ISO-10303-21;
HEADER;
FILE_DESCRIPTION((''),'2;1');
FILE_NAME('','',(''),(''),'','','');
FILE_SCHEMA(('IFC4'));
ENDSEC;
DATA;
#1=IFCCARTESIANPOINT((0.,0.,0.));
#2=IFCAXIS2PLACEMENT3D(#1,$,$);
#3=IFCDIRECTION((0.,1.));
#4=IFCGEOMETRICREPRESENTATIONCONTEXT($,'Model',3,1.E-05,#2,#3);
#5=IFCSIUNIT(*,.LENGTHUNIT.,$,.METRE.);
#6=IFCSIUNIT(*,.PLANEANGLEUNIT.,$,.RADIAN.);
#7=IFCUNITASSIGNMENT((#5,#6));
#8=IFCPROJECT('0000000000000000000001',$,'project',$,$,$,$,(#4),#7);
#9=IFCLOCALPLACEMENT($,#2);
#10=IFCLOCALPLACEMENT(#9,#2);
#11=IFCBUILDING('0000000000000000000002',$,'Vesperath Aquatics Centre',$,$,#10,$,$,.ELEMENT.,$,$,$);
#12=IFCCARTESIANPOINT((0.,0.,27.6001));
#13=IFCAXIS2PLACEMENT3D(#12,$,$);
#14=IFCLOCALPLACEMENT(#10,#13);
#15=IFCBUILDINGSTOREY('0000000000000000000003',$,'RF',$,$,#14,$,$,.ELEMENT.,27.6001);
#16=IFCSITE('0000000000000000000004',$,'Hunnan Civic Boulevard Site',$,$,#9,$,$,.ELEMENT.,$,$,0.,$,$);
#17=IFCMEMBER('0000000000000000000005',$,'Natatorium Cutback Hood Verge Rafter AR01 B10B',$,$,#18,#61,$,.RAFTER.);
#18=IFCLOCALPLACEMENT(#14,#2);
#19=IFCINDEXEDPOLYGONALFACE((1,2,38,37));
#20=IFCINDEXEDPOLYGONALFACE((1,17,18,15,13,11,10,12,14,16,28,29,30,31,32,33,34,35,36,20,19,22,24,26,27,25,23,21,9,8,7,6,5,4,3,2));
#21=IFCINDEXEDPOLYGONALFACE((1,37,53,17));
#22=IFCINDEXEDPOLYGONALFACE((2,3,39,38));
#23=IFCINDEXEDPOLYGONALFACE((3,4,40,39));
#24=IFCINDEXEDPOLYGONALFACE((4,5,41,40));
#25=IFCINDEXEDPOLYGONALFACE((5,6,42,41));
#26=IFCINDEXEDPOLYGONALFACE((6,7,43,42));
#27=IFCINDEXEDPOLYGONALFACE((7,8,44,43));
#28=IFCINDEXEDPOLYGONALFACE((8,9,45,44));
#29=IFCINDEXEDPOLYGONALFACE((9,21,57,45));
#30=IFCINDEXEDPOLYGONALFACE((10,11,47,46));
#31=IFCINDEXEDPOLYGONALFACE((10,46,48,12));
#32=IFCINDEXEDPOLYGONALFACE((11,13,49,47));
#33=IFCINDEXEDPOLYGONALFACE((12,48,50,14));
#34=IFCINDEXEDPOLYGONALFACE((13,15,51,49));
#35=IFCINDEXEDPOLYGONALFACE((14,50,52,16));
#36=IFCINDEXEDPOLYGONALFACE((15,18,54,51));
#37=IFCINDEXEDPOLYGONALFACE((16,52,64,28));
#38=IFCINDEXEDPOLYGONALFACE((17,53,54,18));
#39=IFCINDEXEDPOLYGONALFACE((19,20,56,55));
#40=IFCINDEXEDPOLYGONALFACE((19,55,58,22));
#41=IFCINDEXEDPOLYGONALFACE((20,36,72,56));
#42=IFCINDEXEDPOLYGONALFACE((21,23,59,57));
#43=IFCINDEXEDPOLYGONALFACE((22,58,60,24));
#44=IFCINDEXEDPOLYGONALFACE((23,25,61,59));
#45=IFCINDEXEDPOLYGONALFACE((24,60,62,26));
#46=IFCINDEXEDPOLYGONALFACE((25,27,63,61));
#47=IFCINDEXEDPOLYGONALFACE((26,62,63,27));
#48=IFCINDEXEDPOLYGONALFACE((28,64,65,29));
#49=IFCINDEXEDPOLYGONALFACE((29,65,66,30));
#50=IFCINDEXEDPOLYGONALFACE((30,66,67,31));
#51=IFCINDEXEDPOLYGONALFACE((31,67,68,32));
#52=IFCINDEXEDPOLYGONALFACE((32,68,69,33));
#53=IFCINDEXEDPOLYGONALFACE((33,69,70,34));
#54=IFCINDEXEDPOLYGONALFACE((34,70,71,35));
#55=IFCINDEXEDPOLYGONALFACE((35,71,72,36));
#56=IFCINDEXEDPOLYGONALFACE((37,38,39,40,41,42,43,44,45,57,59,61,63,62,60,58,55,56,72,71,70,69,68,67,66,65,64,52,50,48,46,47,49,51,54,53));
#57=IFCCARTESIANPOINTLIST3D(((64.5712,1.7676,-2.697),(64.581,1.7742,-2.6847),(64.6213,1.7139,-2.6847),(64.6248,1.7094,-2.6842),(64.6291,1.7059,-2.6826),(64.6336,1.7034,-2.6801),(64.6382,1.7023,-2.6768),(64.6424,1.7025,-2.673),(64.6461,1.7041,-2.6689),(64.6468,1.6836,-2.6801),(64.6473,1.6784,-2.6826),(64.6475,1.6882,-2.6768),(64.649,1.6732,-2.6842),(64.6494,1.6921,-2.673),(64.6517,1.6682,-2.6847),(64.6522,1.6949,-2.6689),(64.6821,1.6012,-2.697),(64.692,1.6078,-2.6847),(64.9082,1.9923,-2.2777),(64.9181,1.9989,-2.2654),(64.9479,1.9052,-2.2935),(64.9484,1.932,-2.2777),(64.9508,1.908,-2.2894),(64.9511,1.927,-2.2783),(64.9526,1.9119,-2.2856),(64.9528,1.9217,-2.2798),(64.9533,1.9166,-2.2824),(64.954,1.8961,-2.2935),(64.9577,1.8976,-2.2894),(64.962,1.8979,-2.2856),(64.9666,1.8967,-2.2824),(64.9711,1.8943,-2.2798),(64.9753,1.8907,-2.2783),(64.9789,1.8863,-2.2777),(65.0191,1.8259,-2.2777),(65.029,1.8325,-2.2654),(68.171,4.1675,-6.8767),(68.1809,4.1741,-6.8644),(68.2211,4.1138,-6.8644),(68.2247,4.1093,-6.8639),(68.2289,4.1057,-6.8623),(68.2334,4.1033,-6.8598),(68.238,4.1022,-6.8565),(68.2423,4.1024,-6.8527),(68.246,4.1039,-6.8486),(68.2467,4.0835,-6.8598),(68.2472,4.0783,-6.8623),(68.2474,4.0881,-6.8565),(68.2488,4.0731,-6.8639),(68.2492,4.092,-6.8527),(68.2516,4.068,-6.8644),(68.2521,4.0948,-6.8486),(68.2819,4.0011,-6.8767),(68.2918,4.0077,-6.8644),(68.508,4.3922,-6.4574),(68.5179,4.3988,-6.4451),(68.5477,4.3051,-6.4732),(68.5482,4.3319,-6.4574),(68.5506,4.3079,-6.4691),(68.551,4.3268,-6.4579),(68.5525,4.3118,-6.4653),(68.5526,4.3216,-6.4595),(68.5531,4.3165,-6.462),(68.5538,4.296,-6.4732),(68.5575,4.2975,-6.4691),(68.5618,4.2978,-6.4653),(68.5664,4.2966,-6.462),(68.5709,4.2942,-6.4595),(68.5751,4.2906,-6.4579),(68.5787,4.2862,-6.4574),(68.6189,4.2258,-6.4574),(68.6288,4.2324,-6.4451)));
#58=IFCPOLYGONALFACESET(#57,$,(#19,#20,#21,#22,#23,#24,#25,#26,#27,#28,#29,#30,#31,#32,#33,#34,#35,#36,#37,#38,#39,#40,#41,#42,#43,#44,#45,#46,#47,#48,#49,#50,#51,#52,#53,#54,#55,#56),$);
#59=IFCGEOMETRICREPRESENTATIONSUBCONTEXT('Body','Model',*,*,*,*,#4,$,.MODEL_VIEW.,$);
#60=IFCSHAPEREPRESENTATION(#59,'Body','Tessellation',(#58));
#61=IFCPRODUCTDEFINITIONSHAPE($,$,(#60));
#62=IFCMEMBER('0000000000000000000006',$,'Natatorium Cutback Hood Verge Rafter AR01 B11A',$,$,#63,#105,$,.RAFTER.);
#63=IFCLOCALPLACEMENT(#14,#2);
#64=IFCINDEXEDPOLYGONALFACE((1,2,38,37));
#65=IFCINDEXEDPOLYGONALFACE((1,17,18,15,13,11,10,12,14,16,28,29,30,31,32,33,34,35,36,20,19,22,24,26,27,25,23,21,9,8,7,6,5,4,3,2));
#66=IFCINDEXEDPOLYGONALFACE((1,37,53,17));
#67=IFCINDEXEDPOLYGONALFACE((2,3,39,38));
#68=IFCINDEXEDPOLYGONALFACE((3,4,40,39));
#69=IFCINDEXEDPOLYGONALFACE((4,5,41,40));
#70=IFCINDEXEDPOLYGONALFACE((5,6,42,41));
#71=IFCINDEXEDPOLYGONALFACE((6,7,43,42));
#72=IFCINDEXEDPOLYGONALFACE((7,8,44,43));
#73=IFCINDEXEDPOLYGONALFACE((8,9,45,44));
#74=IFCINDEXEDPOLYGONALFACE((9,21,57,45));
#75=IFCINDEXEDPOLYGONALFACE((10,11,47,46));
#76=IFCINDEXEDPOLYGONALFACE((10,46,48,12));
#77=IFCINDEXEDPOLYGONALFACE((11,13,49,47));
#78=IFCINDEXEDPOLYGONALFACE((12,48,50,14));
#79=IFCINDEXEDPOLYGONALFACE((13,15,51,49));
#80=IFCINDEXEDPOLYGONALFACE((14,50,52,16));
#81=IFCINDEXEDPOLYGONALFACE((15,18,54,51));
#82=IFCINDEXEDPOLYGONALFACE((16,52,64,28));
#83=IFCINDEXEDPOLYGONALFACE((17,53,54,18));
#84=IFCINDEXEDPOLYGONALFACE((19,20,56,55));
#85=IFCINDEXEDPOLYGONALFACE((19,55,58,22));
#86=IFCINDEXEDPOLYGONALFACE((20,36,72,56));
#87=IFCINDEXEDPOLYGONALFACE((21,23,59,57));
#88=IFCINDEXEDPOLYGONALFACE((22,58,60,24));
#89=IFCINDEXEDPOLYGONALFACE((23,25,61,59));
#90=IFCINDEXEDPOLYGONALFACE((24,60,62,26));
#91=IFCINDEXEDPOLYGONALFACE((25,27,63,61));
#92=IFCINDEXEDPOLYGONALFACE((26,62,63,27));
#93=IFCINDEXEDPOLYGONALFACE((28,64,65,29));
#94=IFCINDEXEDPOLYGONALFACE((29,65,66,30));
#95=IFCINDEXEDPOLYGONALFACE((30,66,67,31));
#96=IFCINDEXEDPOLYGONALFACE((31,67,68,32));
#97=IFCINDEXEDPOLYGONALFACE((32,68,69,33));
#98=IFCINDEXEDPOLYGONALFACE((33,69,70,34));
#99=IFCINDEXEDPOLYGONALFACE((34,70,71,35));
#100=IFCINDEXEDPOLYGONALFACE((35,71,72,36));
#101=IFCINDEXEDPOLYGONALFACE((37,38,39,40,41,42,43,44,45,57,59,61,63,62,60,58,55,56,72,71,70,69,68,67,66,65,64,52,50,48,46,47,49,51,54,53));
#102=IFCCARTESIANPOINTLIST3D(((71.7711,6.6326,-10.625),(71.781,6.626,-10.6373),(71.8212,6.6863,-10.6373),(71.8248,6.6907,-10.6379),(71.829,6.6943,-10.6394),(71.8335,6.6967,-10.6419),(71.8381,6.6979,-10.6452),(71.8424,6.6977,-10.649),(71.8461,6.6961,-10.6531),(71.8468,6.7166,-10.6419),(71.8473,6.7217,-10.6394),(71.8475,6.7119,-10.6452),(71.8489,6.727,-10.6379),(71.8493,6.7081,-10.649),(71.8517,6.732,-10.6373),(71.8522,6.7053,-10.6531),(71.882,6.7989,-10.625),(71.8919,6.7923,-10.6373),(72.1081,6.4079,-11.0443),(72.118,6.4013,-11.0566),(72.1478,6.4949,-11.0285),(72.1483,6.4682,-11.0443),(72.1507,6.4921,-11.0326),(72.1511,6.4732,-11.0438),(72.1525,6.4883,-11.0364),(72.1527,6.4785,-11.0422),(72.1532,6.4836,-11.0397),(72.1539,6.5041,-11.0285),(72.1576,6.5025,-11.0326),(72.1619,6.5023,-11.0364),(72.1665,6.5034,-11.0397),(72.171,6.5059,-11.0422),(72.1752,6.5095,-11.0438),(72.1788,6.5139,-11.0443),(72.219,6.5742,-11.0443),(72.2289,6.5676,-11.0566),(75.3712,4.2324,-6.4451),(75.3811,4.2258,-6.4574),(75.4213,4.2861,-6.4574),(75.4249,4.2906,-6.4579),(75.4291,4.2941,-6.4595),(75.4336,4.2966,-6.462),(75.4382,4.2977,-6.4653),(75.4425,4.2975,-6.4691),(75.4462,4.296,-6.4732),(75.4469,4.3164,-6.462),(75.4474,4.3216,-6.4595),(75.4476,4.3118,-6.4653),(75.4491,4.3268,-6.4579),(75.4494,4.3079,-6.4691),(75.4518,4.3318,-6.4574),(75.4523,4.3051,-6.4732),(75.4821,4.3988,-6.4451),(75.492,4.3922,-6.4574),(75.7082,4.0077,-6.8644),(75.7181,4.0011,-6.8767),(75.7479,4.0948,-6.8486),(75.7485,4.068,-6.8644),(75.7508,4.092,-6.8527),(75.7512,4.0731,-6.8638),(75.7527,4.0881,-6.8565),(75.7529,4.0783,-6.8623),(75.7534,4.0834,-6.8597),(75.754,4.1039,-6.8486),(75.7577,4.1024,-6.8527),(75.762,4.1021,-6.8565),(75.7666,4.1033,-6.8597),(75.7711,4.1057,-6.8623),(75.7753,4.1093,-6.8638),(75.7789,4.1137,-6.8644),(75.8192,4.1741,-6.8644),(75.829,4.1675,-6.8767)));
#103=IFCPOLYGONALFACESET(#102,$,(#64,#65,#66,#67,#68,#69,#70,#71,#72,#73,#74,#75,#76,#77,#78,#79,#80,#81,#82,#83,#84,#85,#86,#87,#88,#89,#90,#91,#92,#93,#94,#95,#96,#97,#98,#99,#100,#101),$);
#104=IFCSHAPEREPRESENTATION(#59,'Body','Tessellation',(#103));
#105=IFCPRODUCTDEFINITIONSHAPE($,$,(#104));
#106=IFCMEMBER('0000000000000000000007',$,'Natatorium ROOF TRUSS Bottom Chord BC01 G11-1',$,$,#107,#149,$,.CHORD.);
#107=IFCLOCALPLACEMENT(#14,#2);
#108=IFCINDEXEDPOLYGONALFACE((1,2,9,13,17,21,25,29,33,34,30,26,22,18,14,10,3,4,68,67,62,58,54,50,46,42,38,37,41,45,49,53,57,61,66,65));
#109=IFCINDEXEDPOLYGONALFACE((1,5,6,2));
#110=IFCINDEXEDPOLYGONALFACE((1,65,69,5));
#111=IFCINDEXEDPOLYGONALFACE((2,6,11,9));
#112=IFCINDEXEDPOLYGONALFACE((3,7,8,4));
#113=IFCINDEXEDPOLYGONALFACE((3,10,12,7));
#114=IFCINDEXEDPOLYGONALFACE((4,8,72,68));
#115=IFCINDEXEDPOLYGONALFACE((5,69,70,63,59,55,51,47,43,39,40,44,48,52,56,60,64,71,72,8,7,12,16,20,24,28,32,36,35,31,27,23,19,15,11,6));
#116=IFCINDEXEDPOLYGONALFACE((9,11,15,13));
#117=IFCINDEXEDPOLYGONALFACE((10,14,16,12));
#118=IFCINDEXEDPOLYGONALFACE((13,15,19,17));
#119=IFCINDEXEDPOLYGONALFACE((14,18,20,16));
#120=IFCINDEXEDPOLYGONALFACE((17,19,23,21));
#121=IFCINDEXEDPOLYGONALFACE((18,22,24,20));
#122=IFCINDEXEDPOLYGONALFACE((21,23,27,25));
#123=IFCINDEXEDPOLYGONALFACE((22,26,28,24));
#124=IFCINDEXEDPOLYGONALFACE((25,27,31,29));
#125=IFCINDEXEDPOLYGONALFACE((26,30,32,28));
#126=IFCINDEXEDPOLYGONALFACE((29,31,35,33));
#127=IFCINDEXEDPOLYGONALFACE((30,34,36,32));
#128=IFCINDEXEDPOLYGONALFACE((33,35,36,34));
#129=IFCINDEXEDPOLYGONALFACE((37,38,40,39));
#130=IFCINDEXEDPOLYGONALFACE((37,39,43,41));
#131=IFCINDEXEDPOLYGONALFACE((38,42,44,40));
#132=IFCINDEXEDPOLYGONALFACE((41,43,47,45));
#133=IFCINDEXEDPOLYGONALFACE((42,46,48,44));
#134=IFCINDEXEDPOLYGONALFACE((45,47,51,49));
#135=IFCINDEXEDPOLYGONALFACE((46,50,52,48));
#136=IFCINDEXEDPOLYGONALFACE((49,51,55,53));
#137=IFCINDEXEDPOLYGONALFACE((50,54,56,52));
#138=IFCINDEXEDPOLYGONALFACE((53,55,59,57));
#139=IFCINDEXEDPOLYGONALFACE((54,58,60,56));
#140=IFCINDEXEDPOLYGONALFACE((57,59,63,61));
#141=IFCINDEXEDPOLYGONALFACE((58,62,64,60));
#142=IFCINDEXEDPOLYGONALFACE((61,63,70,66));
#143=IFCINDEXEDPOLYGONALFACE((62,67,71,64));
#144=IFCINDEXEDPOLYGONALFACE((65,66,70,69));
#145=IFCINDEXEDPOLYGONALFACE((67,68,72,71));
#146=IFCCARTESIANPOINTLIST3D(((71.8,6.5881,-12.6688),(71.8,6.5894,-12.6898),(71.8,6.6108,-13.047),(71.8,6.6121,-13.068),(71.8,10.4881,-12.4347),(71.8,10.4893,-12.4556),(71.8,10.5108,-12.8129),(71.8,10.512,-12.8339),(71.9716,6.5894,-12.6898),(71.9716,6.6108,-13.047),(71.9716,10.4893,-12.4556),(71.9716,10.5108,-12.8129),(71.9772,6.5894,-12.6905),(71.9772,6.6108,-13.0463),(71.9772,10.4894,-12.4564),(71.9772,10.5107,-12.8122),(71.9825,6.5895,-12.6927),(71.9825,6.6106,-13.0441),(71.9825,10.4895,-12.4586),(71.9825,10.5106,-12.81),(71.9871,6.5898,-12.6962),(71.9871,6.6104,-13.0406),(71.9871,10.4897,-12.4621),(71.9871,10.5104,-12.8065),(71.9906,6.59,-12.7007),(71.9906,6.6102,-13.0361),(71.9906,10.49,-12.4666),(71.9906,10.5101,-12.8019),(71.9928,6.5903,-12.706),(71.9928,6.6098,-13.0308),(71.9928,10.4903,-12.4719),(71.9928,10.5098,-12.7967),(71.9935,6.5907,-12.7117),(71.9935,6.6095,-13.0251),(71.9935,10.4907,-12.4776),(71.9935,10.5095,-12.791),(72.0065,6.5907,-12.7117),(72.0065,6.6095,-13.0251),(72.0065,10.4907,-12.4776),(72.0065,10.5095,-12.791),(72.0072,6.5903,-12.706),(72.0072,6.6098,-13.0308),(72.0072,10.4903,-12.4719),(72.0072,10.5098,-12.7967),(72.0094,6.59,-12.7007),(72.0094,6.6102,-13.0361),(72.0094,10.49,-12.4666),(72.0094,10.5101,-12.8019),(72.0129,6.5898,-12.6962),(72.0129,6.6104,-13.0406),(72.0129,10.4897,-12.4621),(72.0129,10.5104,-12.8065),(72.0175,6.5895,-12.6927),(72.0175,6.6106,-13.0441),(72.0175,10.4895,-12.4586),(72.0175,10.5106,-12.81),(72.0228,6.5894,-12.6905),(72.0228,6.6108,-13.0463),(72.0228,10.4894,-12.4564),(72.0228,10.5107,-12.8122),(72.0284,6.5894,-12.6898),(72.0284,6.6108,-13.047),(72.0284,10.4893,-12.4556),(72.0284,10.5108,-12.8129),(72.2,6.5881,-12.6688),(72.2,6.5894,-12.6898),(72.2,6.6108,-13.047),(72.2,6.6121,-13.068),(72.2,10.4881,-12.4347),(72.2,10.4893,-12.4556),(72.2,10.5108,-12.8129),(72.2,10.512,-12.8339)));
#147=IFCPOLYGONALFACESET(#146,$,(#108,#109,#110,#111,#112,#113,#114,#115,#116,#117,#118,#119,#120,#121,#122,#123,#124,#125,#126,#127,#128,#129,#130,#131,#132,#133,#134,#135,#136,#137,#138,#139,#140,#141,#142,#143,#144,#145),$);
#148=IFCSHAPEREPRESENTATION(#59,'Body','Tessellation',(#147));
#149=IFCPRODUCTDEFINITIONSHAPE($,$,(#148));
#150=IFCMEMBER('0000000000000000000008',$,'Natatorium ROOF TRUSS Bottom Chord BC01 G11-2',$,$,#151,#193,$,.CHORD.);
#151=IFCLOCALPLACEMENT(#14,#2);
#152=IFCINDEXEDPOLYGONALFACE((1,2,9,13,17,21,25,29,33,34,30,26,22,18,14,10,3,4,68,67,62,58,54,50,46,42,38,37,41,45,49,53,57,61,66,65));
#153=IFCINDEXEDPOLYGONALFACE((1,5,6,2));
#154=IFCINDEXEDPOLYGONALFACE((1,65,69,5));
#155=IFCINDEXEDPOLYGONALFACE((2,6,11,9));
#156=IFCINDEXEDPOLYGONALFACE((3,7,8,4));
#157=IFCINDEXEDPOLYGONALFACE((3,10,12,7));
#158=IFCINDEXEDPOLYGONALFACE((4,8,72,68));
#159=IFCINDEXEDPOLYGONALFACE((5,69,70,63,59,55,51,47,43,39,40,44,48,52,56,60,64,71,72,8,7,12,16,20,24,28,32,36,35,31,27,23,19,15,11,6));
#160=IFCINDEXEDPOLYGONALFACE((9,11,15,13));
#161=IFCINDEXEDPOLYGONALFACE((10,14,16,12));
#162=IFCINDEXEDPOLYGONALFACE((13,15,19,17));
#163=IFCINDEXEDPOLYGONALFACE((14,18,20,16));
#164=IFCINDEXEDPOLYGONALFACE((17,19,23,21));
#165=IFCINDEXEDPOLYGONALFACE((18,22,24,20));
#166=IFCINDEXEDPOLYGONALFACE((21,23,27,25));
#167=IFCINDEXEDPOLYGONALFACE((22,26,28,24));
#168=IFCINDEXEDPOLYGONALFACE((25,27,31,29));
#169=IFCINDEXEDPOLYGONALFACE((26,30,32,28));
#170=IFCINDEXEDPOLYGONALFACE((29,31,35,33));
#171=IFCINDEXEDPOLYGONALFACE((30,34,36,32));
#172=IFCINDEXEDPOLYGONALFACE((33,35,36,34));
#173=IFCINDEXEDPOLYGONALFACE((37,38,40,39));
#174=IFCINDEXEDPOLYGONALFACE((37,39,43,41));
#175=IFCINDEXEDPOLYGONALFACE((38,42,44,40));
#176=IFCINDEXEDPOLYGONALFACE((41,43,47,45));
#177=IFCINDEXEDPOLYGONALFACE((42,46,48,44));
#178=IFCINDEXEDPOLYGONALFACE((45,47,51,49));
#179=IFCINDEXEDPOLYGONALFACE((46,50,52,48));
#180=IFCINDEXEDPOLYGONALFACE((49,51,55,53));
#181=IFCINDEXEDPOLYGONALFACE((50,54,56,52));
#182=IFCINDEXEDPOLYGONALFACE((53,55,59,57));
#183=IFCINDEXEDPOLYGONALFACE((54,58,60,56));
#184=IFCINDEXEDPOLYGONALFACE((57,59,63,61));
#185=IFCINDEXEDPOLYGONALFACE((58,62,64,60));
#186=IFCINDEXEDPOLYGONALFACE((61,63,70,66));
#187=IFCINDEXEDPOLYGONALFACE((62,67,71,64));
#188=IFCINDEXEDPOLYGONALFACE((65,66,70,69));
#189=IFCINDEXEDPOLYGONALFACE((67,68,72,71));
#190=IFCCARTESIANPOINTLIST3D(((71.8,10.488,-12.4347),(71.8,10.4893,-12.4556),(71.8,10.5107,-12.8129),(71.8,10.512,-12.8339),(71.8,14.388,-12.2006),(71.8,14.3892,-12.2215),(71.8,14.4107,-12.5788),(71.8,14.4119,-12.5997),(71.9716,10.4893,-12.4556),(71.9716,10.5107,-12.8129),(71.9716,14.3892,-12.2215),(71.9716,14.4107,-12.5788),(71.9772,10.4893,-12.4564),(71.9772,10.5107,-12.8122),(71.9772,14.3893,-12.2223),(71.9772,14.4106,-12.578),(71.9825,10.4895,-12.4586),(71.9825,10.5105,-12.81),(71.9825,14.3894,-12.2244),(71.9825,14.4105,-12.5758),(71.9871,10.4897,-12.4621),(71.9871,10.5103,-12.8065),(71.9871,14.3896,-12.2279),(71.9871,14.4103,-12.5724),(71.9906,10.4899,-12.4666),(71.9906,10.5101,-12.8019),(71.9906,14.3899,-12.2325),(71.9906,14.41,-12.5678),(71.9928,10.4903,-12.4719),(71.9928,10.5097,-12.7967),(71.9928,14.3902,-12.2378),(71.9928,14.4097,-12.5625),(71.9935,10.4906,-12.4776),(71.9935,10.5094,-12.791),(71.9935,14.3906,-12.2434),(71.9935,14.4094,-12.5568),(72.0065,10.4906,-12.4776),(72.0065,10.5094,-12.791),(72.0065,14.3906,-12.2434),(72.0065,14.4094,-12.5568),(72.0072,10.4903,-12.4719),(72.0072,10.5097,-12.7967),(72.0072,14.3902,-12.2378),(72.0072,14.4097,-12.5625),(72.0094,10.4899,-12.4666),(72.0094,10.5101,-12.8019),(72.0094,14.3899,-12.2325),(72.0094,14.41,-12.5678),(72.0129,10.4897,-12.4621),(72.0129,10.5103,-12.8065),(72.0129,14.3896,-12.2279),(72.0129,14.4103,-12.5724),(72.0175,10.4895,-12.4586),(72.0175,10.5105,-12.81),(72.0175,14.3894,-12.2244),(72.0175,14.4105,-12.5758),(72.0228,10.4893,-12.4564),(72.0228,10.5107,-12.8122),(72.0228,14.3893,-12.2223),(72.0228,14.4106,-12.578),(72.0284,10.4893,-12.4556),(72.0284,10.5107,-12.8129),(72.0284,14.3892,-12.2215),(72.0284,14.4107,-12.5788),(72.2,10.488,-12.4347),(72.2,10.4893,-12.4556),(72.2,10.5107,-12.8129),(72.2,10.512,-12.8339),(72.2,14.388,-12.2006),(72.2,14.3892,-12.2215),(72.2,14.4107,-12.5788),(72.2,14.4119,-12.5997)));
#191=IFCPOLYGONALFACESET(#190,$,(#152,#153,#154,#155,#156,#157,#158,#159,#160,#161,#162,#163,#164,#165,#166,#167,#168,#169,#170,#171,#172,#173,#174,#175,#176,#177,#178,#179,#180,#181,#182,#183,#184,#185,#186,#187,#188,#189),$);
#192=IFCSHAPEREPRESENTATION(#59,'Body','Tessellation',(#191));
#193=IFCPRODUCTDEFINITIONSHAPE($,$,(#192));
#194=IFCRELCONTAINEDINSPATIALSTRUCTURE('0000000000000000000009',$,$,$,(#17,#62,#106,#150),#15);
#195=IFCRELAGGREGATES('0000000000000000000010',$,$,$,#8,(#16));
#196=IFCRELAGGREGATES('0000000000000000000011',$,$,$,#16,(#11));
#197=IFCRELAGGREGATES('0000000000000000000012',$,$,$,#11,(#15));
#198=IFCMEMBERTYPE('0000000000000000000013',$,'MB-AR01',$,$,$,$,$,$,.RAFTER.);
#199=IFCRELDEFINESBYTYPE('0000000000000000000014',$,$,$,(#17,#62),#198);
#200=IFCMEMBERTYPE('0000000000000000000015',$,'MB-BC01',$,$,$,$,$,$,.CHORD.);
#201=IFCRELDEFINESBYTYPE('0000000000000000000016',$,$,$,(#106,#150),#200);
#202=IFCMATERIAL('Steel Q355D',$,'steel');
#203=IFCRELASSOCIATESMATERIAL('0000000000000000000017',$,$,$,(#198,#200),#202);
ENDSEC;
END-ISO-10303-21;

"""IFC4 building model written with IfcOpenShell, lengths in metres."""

from ifc_helpers import new_model, si_unit, direction, frame, origin, origin_2d, place, context, subcontext, project, spatial, i_section, extrude, material, material_profile, profile_set, type_object, element, save


model = new_model("IFC4")

# Units and contexts
model_context = context("Model", 3, precision=1e-05, world=origin(), true_north=direction((0.0, 1.0)))
body_context = subcontext(model_context, "Body", "Model", "MODEL_VIEW")
ifc_project = project(units=[si_unit("LENGTHUNIT", "METRE"), si_unit("PLANEANGLEUNIT", "RADIAN")], contexts=[model_context])

# Site, building, storey
site_placement = place(None, origin())
site = spatial("IfcSite", under=ifc_project, at=site_placement, Name="Hunnan Civic Boulevard Site", CompositionType="ELEMENT", RefElevation=0.0)
building_placement = place(site_placement, origin())
building = spatial("IfcBuilding", under=site, at=building_placement, Name="Vesperath Aquatics Centre", CompositionType="ELEMENT")
storey_placement = place(building_placement, frame((0.0, 0.0, 27.6001)))
storey = spatial("IfcBuildingStorey", under=building, at=storey_placement, Name="RF", CompositionType="ELEMENT", Elevation=27.6001)

# Members
ifc_material_1 = material(Name="Steel Q355D", Category="steel")
ifc_material_profile_1 = material_profile(ifc_material_1, i_section(OverallWidth=0.2, OverallDepth=0.6001, WebThickness=0.011, FlangeThickness=0.0171, FilletRadius=0.022, at=origin_2d()), Name="HN 600x200x11x17")
ifc_profile_set_1 = profile_set([ifc_material_profile_1], Name="Steel Q355D")
member_type_1 = type_object("IfcMemberType", Name="MB-AR01", PredefinedType="RAFTER", material=ifc_profile_set_1)
member_1_placement = place(storey_placement, frame((68.3999, 4.2, -6.6609), z_axis=(-0.598413, -0.398942, 0.6948), x_axis=(0.5547, -0.83205, 0.0)))
element("IfcMember", 1, at=member_1_placement, inside=storey, type_object=member_type_1, Name="Natatorium Cutback Hood Verge Rafter AR01 B10B", PredefinedType="RAFTER", context=body_context, shape_type="SweptSolid", body=[
    extrude(i_section(OverallWidth=0.2, OverallDepth=0.6001, WebThickness=0.011, FlangeThickness=0.0171, FilletRadius=0.022, at=origin_2d()), origin(), (0.0, 0.0, 1.0), 6.0156),
])
member_2_placement = place(storey_placement, frame((72.0, 6.6001, -10.8408), z_axis=(0.598412, -0.398955, 0.694793), x_axis=(0.554713, 0.832042, 0.0)))
element("IfcMember", 2, at=member_2_placement, inside=storey, type_object=member_type_1, Name="Natatorium Cutback Hood Verge Rafter AR01 B11A", PredefinedType="RAFTER", context=body_context, shape_type="SweptSolid", body=[
    extrude(i_section(OverallWidth=0.2, OverallDepth=0.6001, WebThickness=0.011, FlangeThickness=0.0171, FilletRadius=0.022, at=origin_2d()), origin(), (0.0, 0.0, 1.0), 6.0161),
])
ifc_material_profile_2 = material_profile(ifc_material_1, i_section(OverallWidth=0.3999, OverallDepth=0.3999, WebThickness=0.0129, FlangeThickness=0.021, FilletRadius=0.022, at=origin_2d()), Name="HW 400x400x13x21")
ifc_profile_set_2 = profile_set([ifc_material_profile_2], Name="Steel Q355D")
member_type_2 = type_object("IfcMemberType", Name="MB-BC01", PredefinedType="CHORD", material=ifc_profile_set_2)
for number, where, z_axis, x_axis, name in (
    (3, (72.0, 6.6001, -12.8684), (0.0, 0.998203, 0.059927), (-1.0, 0.0, 0.0), "Natatorium ROOF TRUSS Bottom Chord BC01 G11-1"),
    (4, (72.0, 10.5, -12.6343), (0.0, 0.998203, 0.059927), (-1.0, 0.0, 0.0), "Natatorium ROOF TRUSS Bottom Chord BC01 G11-2"),
):
    element("IfcMember", number, at=place(storey_placement, frame(where, z_axis=z_axis, x_axis=x_axis)), inside=storey, type_object=member_type_2, Name=name, PredefinedType="CHORD", context=body_context, shape_type="SweptSolid", body=[
        extrude(i_section(OverallWidth=0.3999, OverallDepth=0.3999, WebThickness=0.0129, FlangeThickness=0.021, FilletRadius=0.022, at=origin_2d()), origin(), (0.0, 0.0, 1.0), 3.907),
    ])

save(model, "model.ifc")
